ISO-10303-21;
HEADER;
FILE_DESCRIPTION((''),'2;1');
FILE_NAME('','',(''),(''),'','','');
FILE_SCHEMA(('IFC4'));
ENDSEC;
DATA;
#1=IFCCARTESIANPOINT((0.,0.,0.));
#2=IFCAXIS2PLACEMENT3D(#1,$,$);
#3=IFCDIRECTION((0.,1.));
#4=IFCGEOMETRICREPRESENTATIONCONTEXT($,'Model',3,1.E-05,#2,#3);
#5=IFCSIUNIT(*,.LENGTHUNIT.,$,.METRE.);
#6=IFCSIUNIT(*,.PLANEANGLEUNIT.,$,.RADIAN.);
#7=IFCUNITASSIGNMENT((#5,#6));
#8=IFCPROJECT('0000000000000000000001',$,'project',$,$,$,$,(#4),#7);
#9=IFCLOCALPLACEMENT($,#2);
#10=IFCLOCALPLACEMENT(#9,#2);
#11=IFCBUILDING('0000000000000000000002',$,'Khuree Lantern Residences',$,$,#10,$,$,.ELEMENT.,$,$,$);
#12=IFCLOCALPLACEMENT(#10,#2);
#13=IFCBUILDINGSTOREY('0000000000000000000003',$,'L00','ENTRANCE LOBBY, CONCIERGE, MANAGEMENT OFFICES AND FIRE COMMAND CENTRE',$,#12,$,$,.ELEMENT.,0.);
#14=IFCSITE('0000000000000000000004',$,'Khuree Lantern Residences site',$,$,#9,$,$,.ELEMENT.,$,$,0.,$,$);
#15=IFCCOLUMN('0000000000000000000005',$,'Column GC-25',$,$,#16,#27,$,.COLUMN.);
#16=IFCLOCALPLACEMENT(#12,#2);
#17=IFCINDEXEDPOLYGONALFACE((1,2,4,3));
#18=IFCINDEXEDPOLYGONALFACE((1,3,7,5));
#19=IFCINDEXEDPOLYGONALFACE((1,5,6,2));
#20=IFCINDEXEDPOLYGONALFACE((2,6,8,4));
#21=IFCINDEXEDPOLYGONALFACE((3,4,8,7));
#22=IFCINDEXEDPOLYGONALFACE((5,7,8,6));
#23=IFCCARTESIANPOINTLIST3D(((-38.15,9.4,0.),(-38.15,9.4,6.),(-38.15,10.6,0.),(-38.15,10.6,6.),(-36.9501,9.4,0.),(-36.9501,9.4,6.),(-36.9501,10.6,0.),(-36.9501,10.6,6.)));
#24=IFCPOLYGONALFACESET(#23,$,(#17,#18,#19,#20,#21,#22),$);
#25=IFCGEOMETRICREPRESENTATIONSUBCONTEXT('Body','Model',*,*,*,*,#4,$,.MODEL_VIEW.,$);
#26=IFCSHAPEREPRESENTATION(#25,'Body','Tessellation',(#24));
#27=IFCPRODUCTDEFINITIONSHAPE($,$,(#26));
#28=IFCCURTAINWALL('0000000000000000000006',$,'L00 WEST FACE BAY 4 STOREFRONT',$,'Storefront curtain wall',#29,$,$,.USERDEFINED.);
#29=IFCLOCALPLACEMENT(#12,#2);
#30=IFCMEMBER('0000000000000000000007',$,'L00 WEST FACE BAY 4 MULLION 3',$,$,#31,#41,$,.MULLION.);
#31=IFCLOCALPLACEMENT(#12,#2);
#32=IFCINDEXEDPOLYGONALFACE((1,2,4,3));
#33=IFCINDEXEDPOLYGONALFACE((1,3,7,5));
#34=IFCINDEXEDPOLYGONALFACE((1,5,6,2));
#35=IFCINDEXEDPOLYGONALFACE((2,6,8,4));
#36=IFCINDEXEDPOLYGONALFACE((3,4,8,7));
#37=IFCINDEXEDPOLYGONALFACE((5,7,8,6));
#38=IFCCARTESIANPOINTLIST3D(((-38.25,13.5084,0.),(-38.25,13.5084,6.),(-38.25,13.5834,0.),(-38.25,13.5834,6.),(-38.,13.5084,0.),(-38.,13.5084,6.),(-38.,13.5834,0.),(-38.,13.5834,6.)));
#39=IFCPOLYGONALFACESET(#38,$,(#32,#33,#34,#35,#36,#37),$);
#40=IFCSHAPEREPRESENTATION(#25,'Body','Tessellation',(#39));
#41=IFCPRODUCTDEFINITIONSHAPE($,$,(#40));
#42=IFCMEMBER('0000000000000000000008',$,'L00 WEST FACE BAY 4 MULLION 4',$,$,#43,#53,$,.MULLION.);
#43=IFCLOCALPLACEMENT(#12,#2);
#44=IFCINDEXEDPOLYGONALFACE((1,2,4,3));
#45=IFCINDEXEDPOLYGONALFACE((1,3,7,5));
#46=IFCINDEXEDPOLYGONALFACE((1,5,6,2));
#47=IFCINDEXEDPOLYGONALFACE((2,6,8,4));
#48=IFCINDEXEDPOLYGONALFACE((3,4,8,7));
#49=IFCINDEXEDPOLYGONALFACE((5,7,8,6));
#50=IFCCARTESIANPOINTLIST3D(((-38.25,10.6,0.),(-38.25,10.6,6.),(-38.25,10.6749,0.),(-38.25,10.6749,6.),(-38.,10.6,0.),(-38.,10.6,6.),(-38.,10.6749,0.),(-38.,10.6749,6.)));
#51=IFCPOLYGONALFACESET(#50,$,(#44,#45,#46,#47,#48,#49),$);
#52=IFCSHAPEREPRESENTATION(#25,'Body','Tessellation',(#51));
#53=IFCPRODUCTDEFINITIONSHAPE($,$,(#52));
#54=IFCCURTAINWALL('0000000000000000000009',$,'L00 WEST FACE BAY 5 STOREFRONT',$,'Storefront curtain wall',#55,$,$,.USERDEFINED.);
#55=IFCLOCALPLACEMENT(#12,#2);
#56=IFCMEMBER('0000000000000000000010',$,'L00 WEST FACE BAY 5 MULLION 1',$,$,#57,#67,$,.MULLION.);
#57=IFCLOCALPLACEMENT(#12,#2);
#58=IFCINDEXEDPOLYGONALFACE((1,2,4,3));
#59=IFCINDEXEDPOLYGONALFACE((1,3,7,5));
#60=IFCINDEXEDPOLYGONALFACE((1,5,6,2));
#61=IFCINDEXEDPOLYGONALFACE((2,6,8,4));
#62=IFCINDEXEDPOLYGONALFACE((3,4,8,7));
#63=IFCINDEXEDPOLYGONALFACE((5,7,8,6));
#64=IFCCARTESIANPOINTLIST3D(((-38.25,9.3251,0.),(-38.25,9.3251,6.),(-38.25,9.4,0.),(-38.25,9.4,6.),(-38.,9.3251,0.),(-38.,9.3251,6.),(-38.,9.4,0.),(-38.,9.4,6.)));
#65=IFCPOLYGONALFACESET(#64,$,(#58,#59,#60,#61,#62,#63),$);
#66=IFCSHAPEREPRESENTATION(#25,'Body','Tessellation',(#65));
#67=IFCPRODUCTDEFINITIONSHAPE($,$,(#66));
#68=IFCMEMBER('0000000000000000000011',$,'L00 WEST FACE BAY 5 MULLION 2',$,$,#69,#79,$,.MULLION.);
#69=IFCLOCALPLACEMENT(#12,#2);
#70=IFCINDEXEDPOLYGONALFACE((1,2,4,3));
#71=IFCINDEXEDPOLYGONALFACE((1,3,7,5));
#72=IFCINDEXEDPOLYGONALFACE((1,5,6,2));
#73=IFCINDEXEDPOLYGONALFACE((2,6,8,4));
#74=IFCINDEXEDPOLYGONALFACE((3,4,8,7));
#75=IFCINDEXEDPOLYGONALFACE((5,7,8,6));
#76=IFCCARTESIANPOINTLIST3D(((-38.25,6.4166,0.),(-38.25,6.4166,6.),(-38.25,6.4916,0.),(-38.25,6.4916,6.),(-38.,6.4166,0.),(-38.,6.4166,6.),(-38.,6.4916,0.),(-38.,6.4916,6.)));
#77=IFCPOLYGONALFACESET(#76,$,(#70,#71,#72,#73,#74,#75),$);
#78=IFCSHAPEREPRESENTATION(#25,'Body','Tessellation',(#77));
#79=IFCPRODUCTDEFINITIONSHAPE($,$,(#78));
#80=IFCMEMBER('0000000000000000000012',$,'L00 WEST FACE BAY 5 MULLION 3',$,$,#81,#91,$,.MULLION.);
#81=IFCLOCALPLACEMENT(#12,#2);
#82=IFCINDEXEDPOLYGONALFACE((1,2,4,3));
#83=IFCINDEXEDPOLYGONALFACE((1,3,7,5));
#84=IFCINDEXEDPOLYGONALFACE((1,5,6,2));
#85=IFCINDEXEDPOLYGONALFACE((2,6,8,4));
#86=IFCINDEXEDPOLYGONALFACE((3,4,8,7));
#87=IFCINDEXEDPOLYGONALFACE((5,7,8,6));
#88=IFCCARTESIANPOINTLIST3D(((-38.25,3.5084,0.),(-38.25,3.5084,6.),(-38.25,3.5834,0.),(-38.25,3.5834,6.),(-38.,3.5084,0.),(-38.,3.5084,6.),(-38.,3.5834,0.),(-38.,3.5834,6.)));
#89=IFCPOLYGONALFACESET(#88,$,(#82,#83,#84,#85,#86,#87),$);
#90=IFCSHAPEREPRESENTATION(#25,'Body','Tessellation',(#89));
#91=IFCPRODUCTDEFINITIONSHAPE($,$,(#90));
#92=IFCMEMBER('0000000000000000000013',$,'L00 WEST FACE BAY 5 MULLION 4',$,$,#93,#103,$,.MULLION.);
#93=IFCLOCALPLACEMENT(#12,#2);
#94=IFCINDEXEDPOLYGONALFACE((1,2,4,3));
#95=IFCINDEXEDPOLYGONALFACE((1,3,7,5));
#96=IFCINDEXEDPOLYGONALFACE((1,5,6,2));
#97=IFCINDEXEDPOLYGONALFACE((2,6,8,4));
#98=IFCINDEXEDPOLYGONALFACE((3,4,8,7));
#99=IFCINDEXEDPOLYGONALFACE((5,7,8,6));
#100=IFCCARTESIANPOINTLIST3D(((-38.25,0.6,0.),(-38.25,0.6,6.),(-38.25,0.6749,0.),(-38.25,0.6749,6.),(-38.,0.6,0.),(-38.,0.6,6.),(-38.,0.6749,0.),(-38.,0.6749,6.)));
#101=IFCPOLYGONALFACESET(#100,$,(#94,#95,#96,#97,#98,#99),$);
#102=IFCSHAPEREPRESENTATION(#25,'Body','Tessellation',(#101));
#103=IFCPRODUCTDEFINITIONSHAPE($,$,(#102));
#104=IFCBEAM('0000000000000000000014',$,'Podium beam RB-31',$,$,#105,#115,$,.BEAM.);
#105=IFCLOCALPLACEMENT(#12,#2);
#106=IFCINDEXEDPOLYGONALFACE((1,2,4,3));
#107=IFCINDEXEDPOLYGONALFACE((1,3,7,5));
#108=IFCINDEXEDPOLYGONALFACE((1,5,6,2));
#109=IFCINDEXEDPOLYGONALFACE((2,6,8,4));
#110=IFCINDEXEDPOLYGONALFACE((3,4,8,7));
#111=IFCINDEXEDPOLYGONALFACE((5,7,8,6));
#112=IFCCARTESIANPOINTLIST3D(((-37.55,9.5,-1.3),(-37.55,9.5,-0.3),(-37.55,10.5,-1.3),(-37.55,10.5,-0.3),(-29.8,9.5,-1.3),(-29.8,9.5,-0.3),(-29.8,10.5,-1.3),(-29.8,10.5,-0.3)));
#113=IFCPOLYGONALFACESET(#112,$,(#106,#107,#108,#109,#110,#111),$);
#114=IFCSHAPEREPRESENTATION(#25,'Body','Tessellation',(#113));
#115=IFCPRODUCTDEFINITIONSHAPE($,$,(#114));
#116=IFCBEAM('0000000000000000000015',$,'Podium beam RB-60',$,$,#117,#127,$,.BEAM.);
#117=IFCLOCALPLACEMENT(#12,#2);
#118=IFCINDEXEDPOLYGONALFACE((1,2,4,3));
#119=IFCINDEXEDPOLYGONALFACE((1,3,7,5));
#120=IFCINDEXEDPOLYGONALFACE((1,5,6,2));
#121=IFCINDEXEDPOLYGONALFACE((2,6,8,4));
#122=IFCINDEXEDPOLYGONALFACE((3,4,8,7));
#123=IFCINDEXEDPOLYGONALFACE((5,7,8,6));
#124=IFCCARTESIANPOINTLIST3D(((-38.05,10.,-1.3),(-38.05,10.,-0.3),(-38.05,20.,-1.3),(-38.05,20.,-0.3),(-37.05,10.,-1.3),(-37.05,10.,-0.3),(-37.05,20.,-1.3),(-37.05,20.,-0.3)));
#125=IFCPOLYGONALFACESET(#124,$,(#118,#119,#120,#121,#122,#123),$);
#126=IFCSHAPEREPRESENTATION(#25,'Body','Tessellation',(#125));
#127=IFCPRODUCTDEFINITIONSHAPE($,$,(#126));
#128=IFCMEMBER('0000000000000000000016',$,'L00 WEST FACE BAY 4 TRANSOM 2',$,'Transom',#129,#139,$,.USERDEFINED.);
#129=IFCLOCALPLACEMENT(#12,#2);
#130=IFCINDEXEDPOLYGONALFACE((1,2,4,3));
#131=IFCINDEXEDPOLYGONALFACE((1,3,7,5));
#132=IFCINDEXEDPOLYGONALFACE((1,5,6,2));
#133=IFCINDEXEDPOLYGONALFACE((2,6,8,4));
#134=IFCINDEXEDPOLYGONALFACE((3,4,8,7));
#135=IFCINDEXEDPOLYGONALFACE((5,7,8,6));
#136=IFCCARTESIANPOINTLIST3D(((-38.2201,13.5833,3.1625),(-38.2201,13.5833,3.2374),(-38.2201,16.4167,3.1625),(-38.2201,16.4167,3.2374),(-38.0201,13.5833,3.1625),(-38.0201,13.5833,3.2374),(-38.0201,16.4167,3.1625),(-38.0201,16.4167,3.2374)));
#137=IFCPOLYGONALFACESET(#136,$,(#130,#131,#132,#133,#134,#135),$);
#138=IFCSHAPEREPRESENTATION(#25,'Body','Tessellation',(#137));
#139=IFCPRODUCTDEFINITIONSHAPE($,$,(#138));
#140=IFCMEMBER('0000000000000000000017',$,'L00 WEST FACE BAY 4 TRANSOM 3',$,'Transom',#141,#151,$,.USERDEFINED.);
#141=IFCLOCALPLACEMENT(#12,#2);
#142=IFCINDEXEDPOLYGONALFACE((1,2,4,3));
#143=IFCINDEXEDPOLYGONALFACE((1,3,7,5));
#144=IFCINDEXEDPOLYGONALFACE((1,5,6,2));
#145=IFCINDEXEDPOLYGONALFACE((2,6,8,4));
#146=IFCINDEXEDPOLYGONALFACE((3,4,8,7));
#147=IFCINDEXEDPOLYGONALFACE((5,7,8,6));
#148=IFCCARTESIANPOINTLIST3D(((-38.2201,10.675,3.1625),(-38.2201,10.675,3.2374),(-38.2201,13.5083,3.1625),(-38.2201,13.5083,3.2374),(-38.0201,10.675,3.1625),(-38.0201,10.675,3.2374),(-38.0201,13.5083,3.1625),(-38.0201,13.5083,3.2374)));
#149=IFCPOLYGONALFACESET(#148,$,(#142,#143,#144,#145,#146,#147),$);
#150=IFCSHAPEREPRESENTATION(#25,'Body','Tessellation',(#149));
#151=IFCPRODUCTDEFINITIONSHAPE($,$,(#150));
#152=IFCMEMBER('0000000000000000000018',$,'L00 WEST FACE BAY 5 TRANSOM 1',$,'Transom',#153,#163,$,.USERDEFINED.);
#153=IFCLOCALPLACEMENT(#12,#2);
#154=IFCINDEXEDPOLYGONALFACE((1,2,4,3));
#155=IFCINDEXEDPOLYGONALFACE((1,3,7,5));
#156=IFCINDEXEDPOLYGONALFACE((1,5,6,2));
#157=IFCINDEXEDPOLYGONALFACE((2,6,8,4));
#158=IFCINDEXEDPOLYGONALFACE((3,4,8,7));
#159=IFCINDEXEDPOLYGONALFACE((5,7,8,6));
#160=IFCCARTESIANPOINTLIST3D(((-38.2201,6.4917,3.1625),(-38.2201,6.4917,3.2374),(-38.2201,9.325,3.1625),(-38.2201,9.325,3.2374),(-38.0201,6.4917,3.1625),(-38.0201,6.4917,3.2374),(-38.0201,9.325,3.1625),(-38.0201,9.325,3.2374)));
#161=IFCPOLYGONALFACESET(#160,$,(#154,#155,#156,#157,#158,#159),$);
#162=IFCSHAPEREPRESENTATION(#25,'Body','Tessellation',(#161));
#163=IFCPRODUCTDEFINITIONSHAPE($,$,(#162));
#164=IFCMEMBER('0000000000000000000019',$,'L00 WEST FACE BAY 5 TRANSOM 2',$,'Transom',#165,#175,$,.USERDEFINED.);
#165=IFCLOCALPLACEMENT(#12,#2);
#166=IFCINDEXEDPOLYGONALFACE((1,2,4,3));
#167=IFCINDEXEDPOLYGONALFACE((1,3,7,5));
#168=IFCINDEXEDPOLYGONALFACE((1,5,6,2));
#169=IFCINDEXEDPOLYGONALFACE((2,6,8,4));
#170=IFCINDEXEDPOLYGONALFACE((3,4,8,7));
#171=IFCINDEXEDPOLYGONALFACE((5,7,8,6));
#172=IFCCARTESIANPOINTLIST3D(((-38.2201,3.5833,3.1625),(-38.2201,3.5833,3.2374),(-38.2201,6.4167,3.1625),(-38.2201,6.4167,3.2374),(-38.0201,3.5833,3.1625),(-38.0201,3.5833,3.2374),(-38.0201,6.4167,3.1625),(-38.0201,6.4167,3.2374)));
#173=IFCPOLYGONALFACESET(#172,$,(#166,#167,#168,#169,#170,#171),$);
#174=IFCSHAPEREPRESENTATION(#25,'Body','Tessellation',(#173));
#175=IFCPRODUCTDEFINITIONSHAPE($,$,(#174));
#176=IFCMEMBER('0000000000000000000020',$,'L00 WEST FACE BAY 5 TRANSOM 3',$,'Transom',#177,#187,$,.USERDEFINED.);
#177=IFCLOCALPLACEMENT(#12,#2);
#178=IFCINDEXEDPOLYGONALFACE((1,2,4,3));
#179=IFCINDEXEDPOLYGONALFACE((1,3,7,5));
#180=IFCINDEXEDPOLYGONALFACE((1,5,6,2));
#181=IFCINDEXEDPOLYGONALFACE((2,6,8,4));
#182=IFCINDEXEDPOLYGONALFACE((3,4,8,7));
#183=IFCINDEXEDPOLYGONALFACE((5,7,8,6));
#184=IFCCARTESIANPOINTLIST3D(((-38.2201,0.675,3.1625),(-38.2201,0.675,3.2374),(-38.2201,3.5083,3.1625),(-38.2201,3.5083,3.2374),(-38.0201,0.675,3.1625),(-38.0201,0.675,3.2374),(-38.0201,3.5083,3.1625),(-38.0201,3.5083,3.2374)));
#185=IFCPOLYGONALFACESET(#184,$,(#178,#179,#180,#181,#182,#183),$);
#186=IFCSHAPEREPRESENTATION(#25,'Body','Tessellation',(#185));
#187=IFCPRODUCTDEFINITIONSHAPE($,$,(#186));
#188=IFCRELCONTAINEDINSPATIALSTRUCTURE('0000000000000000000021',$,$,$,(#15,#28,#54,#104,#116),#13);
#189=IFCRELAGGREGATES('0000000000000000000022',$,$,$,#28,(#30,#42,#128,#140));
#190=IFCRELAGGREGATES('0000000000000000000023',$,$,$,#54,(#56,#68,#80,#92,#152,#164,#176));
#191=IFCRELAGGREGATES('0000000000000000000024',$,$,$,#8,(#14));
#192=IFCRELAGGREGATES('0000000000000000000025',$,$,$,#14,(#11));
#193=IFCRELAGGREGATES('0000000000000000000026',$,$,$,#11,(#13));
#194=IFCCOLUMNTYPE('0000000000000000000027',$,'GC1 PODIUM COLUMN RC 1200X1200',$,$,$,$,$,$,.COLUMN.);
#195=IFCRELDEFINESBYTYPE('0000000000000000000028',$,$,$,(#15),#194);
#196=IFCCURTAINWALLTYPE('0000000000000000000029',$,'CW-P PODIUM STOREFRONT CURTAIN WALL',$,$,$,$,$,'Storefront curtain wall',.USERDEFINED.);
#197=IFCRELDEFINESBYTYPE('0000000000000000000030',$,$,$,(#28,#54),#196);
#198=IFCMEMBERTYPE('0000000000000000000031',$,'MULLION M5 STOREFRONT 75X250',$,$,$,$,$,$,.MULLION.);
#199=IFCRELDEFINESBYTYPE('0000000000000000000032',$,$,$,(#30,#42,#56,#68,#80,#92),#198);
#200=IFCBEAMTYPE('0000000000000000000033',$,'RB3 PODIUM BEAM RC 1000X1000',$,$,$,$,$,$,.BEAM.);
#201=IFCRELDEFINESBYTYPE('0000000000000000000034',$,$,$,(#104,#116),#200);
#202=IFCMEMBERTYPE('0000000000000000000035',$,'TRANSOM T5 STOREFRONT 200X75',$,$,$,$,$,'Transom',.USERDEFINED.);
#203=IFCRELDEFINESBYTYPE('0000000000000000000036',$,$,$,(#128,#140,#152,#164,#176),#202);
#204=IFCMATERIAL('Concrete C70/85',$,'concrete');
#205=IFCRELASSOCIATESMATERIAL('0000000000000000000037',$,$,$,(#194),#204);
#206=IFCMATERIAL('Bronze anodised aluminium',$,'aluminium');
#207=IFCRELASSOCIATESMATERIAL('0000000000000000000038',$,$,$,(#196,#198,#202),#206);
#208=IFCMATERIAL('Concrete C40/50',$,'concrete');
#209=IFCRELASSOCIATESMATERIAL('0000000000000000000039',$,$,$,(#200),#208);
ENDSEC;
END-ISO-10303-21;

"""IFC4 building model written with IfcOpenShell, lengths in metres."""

from ifc_helpers import new_model, si_unit, direction, frame, origin, origin_2d, place, context, subcontext, project, spatial, rectangle, extrude, material, material_profile, profile_set, type_object, element, aggregate, save


model = new_model("IFC4")

# Units and contexts
model_context = context("Model", 3, precision=1e-05, world=origin(), true_north=direction((0.0, 1.0)))
body_context = subcontext(model_context, "Body", "Model", "MODEL_VIEW")
ifc_project = project(units=[si_unit("LENGTHUNIT", "METRE"), si_unit("PLANEANGLEUNIT", "RADIAN")], contexts=[model_context])

# Site, building, storey
site_placement = place(None, origin())
site = spatial("IfcSite", under=ifc_project, at=site_placement, Name="Khuree Lantern Residences site", CompositionType="ELEMENT", RefElevation=0.0)
building_placement = place(site_placement, origin())
building = spatial("IfcBuilding", under=site, at=building_placement, Name="Khuree Lantern Residences", CompositionType="ELEMENT")
storey_placement = place(building_placement, origin())
storey = spatial("IfcBuildingStorey", under=building, at=storey_placement, Name="L00", Description="ENTRANCE LOBBY, CONCIERGE, MANAGEMENT OFFICES AND FIRE COMMAND CENTRE", CompositionType="ELEMENT", Elevation=0.0)

# Column
ifc_material_1 = material(Name="Concrete C70/85", Category="concrete")
ifc_material_profile_1 = material_profile(ifc_material_1, rectangle(XDim=1.2, YDim=1.2, at=origin_2d()), Name="RC 1200X1200")
ifc_profile_set_1 = profile_set([ifc_material_profile_1], Name="Concrete C70/85")
column_type = type_object("IfcColumnType", Name="GC1 PODIUM COLUMN RC 1200X1200", PredefinedType="COLUMN", material=ifc_profile_set_1)
column_placement = place(storey_placement, frame((-37.55, 10.0, 0.0), z_axis=(0.0, 0.0, 1.0), x_axis=(1.0, 0.0, 0.0)))
element("IfcColumn", 1, at=column_placement, inside=storey, type_object=column_type, Name="Column GC-25", PredefinedType="COLUMN", context=body_context, shape_type="SweptSolid", body=[
    extrude(rectangle(XDim=1.2, YDim=1.2, at=origin_2d()), origin(), (0.0, 0.0, 1.0), 6.0),
])

# Curtain walls, members
ifc_material_2 = material(Name="Bronze anodised aluminium", Category="aluminium")
curtain_wall_type = type_object("IfcCurtainWallType", Name="CW-P PODIUM STOREFRONT CURTAIN WALL", ElementType="Storefront curtain wall", PredefinedType="USERDEFINED", material=ifc_material_2)
curtain_wall_1_placement = place(storey_placement, origin())
curtain_wall_1 = element("IfcCurtainWall", 2, at=curtain_wall_1_placement, inside=storey, type_object=curtain_wall_type, Name="L00 WEST FACE BAY 4 STOREFRONT", ObjectType="Storefront curtain wall", PredefinedType="USERDEFINED")
ifc_material_profile_2 = material_profile(ifc_material_2, rectangle(XDim=0.075, YDim=0.25, at=origin_2d()), Name="M5 75X250")
ifc_profile_set_2 = profile_set([ifc_material_profile_2], Name="Bronze anodised aluminium")
member_type_1 = type_object("IfcMemberType", Name="MULLION M5 STOREFRONT 75X250", PredefinedType="MULLION", material=ifc_profile_set_2)
member_1_placement = place(storey_placement, frame((-38.125, 13.5459, 0.0), z_axis=(0.0, 0.0, 1.0), x_axis=(0.0, -1.0, 0.0)))
member_1 = element("IfcMember", 3, at=member_1_placement, type_object=member_type_1, Name="L00 WEST FACE BAY 4 MULLION 3", PredefinedType="MULLION", context=body_context, shape_type="SweptSolid", body=[
    extrude(rectangle(XDim=0.075, YDim=0.25, at=origin_2d()), origin(), (0.0, 0.0, 1.0), 6.0),
])
member_2_placement = place(storey_placement, frame((-38.125, 10.6375, 0.0), z_axis=(0.0, 0.0, 1.0), x_axis=(0.0, -1.0, 0.0)))
member_2 = element("IfcMember", 4, at=member_2_placement, type_object=member_type_1, Name="L00 WEST FACE BAY 4 MULLION 4", PredefinedType="MULLION", context=body_context, shape_type="SweptSolid", body=[
    extrude(rectangle(XDim=0.075, YDim=0.25, at=origin_2d()), origin(), (0.0, 0.0, 1.0), 6.0),
])
curtain_wall_2_placement = place(storey_placement, origin())
curtain_wall_2 = element("IfcCurtainWall", 5, at=curtain_wall_2_placement, inside=storey, type_object=curtain_wall_type, Name="L00 WEST FACE BAY 5 STOREFRONT", ObjectType="Storefront curtain wall", PredefinedType="USERDEFINED")
member_3_placement = place(storey_placement, frame((-38.125, 9.3625, 0.0), z_axis=(0.0, 0.0, 1.0), x_axis=(0.0, -1.0, 0.0)))
member_3 = element("IfcMember", 6, at=member_3_placement, type_object=member_type_1, Name="L00 WEST FACE BAY 5 MULLION 1", PredefinedType="MULLION", context=body_context, shape_type="SweptSolid", body=[
    extrude(rectangle(XDim=0.075, YDim=0.25, at=origin_2d()), origin(), (0.0, 0.0, 1.0), 6.0),
])
member_4_placement = place(storey_placement, frame((-38.125, 6.4541, 0.0), z_axis=(0.0, 0.0, 1.0), x_axis=(0.0, -1.0, 0.0)))
member_4 = element("IfcMember", 7, at=member_4_placement, type_object=member_type_1, Name="L00 WEST FACE BAY 5 MULLION 2", PredefinedType="MULLION", context=body_context, shape_type="SweptSolid", body=[
    extrude(rectangle(XDim=0.075, YDim=0.25, at=origin_2d()), origin(), (0.0, 0.0, 1.0), 6.0),
])
member_5_placement = place(storey_placement, frame((-38.125, 3.5459, 0.0), z_axis=(0.0, 0.0, 1.0), x_axis=(0.0, -1.0, 0.0)))
member_5 = element("IfcMember", 8, at=member_5_placement, type_object=member_type_1, Name="L00 WEST FACE BAY 5 MULLION 3", PredefinedType="MULLION", context=body_context, shape_type="SweptSolid", body=[
    extrude(rectangle(XDim=0.075, YDim=0.25, at=origin_2d()), origin(), (0.0, 0.0, 1.0), 6.0),
])
member_6_placement = place(storey_placement, frame((-38.125, 0.6375, 0.0), z_axis=(0.0, 0.0, 1.0), x_axis=(0.0, -1.0, 0.0)))
member_6 = element("IfcMember", 9, at=member_6_placement, type_object=member_type_1, Name="L00 WEST FACE BAY 5 MULLION 4", PredefinedType="MULLION", context=body_context, shape_type="SweptSolid", body=[
    extrude(rectangle(XDim=0.075, YDim=0.25, at=origin_2d()), origin(), (0.0, 0.0, 1.0), 6.0),
])

# Beams
ifc_material_3 = material(Name="Concrete C40/50", Category="concrete")
ifc_material_profile_3 = material_profile(ifc_material_3, rectangle(XDim=1.0, YDim=1.0, at=origin_2d()), Name="RC 1000X1000")
ifc_profile_set_3 = profile_set([ifc_material_profile_3], Name="Concrete C40/50")
beam_type = type_object("IfcBeamType", Name="RB3 PODIUM BEAM RC 1000X1000", PredefinedType="BEAM", material=ifc_profile_set_3)
beam_1_placement = place(storey_placement, frame((-37.55, 10.0, -0.8), z_axis=(1.0, 0.0, 0.0), x_axis=(0.0, 1.0, 0.0)))
element("IfcBeam", 10, at=beam_1_placement, inside=storey, type_object=beam_type, Name="Podium beam RB-31", PredefinedType="BEAM", context=body_context, shape_type="SweptSolid", body=[
    extrude(rectangle(XDim=1.0, YDim=1.0, at=origin_2d()), origin(), (0.0, 0.0, 1.0), 7.75),
])
beam_2_placement = place(storey_placement, frame((-37.55, 10.0, -0.8), z_axis=(0.0, 1.0, 0.0), x_axis=(-1.0, 0.0, 0.0)))
element("IfcBeam", 11, at=beam_2_placement, inside=storey, type_object=beam_type, Name="Podium beam RB-60", PredefinedType="BEAM", context=body_context, shape_type="SweptSolid", body=[
    extrude(rectangle(XDim=1.0, YDim=1.0, at=origin_2d()), origin(), (0.0, 0.0, 1.0), 10.0),
])

# Members
ifc_material_profile_4 = material_profile(ifc_material_2, rectangle(XDim=0.2, YDim=0.075, at=origin_2d()), Name="T5 200X75")
ifc_profile_set_4 = profile_set([ifc_material_profile_4], Name="Bronze anodised aluminium")
member_type_2 = type_object("IfcMemberType", Name="TRANSOM T5 STOREFRONT 200X75", ElementType="Transom", PredefinedType="USERDEFINED", material=ifc_profile_set_4)
member_7_placement = place(storey_placement, frame((-38.1201, 16.4167, 3.2), z_axis=(0.0, -1.0, 0.0), x_axis=(1.0, 0.0, 0.0)))
member_7 = element("IfcMember", 12, at=member_7_placement, type_object=member_type_2, Name="L00 WEST FACE BAY 4 TRANSOM 2", ObjectType="Transom", PredefinedType="USERDEFINED", context=body_context, shape_type="SweptSolid", body=[
    extrude(rectangle(XDim=0.2, YDim=0.075, at=origin_2d()), origin(), (0.0, 0.0, 1.0), 2.8335),
])
member_8_placement = place(storey_placement, frame((-38.1201, 13.5083, 3.2), z_axis=(0.0, -1.0, 0.0), x_axis=(1.0, 0.0, 0.0)))
member_8 = element("IfcMember", 13, at=member_8_placement, type_object=member_type_2, Name="L00 WEST FACE BAY 4 TRANSOM 3", ObjectType="Transom", PredefinedType="USERDEFINED", context=body_context, shape_type="SweptSolid", body=[
    extrude(rectangle(XDim=0.2, YDim=0.075, at=origin_2d()), origin(), (0.0, 0.0, 1.0), 2.8333),
])
member_9_placement = place(storey_placement, frame((-38.1201, 9.325, 3.2), z_axis=(0.0, -1.0, 0.0), x_axis=(1.0, 0.0, 0.0)))
member_9 = element("IfcMember", 14, at=member_9_placement, type_object=member_type_2, Name="L00 WEST FACE BAY 5 TRANSOM 1", ObjectType="Transom", PredefinedType="USERDEFINED", context=body_context, shape_type="SweptSolid", body=[
    extrude(rectangle(XDim=0.2, YDim=0.075, at=origin_2d()), origin(), (0.0, 0.0, 1.0), 2.8333),
])
member_10_placement = place(storey_placement, frame((-38.1201, 6.4167, 3.2), z_axis=(0.0, -1.0, 0.0), x_axis=(1.0, 0.0, 0.0)))
member_10 = element("IfcMember", 15, at=member_10_placement, type_object=member_type_2, Name="L00 WEST FACE BAY 5 TRANSOM 2", ObjectType="Transom", PredefinedType="USERDEFINED", context=body_context, shape_type="SweptSolid", body=[
    extrude(rectangle(XDim=0.2, YDim=0.075, at=origin_2d()), origin(), (0.0, 0.0, 1.0), 2.8335),
])
member_11_placement = place(storey_placement, frame((-38.1201, 3.5083, 3.2), z_axis=(0.0, -1.0, 0.0), x_axis=(1.0, 0.0, 0.0)))
member_11 = element("IfcMember", 16, at=member_11_placement, type_object=member_type_2, Name="L00 WEST FACE BAY 5 TRANSOM 3", ObjectType="Transom", PredefinedType="USERDEFINED", context=body_context, shape_type="SweptSolid", body=[
    extrude(rectangle(XDim=0.2, YDim=0.075, at=origin_2d()), origin(), (0.0, 0.0, 1.0), 2.8333),
])

aggregate(curtain_wall_1, [member_1, member_2, member_7, member_8])
aggregate(curtain_wall_2, [member_3, member_4, member_5, member_6, member_9, member_10, member_11])

save(model, "model.ifc")
